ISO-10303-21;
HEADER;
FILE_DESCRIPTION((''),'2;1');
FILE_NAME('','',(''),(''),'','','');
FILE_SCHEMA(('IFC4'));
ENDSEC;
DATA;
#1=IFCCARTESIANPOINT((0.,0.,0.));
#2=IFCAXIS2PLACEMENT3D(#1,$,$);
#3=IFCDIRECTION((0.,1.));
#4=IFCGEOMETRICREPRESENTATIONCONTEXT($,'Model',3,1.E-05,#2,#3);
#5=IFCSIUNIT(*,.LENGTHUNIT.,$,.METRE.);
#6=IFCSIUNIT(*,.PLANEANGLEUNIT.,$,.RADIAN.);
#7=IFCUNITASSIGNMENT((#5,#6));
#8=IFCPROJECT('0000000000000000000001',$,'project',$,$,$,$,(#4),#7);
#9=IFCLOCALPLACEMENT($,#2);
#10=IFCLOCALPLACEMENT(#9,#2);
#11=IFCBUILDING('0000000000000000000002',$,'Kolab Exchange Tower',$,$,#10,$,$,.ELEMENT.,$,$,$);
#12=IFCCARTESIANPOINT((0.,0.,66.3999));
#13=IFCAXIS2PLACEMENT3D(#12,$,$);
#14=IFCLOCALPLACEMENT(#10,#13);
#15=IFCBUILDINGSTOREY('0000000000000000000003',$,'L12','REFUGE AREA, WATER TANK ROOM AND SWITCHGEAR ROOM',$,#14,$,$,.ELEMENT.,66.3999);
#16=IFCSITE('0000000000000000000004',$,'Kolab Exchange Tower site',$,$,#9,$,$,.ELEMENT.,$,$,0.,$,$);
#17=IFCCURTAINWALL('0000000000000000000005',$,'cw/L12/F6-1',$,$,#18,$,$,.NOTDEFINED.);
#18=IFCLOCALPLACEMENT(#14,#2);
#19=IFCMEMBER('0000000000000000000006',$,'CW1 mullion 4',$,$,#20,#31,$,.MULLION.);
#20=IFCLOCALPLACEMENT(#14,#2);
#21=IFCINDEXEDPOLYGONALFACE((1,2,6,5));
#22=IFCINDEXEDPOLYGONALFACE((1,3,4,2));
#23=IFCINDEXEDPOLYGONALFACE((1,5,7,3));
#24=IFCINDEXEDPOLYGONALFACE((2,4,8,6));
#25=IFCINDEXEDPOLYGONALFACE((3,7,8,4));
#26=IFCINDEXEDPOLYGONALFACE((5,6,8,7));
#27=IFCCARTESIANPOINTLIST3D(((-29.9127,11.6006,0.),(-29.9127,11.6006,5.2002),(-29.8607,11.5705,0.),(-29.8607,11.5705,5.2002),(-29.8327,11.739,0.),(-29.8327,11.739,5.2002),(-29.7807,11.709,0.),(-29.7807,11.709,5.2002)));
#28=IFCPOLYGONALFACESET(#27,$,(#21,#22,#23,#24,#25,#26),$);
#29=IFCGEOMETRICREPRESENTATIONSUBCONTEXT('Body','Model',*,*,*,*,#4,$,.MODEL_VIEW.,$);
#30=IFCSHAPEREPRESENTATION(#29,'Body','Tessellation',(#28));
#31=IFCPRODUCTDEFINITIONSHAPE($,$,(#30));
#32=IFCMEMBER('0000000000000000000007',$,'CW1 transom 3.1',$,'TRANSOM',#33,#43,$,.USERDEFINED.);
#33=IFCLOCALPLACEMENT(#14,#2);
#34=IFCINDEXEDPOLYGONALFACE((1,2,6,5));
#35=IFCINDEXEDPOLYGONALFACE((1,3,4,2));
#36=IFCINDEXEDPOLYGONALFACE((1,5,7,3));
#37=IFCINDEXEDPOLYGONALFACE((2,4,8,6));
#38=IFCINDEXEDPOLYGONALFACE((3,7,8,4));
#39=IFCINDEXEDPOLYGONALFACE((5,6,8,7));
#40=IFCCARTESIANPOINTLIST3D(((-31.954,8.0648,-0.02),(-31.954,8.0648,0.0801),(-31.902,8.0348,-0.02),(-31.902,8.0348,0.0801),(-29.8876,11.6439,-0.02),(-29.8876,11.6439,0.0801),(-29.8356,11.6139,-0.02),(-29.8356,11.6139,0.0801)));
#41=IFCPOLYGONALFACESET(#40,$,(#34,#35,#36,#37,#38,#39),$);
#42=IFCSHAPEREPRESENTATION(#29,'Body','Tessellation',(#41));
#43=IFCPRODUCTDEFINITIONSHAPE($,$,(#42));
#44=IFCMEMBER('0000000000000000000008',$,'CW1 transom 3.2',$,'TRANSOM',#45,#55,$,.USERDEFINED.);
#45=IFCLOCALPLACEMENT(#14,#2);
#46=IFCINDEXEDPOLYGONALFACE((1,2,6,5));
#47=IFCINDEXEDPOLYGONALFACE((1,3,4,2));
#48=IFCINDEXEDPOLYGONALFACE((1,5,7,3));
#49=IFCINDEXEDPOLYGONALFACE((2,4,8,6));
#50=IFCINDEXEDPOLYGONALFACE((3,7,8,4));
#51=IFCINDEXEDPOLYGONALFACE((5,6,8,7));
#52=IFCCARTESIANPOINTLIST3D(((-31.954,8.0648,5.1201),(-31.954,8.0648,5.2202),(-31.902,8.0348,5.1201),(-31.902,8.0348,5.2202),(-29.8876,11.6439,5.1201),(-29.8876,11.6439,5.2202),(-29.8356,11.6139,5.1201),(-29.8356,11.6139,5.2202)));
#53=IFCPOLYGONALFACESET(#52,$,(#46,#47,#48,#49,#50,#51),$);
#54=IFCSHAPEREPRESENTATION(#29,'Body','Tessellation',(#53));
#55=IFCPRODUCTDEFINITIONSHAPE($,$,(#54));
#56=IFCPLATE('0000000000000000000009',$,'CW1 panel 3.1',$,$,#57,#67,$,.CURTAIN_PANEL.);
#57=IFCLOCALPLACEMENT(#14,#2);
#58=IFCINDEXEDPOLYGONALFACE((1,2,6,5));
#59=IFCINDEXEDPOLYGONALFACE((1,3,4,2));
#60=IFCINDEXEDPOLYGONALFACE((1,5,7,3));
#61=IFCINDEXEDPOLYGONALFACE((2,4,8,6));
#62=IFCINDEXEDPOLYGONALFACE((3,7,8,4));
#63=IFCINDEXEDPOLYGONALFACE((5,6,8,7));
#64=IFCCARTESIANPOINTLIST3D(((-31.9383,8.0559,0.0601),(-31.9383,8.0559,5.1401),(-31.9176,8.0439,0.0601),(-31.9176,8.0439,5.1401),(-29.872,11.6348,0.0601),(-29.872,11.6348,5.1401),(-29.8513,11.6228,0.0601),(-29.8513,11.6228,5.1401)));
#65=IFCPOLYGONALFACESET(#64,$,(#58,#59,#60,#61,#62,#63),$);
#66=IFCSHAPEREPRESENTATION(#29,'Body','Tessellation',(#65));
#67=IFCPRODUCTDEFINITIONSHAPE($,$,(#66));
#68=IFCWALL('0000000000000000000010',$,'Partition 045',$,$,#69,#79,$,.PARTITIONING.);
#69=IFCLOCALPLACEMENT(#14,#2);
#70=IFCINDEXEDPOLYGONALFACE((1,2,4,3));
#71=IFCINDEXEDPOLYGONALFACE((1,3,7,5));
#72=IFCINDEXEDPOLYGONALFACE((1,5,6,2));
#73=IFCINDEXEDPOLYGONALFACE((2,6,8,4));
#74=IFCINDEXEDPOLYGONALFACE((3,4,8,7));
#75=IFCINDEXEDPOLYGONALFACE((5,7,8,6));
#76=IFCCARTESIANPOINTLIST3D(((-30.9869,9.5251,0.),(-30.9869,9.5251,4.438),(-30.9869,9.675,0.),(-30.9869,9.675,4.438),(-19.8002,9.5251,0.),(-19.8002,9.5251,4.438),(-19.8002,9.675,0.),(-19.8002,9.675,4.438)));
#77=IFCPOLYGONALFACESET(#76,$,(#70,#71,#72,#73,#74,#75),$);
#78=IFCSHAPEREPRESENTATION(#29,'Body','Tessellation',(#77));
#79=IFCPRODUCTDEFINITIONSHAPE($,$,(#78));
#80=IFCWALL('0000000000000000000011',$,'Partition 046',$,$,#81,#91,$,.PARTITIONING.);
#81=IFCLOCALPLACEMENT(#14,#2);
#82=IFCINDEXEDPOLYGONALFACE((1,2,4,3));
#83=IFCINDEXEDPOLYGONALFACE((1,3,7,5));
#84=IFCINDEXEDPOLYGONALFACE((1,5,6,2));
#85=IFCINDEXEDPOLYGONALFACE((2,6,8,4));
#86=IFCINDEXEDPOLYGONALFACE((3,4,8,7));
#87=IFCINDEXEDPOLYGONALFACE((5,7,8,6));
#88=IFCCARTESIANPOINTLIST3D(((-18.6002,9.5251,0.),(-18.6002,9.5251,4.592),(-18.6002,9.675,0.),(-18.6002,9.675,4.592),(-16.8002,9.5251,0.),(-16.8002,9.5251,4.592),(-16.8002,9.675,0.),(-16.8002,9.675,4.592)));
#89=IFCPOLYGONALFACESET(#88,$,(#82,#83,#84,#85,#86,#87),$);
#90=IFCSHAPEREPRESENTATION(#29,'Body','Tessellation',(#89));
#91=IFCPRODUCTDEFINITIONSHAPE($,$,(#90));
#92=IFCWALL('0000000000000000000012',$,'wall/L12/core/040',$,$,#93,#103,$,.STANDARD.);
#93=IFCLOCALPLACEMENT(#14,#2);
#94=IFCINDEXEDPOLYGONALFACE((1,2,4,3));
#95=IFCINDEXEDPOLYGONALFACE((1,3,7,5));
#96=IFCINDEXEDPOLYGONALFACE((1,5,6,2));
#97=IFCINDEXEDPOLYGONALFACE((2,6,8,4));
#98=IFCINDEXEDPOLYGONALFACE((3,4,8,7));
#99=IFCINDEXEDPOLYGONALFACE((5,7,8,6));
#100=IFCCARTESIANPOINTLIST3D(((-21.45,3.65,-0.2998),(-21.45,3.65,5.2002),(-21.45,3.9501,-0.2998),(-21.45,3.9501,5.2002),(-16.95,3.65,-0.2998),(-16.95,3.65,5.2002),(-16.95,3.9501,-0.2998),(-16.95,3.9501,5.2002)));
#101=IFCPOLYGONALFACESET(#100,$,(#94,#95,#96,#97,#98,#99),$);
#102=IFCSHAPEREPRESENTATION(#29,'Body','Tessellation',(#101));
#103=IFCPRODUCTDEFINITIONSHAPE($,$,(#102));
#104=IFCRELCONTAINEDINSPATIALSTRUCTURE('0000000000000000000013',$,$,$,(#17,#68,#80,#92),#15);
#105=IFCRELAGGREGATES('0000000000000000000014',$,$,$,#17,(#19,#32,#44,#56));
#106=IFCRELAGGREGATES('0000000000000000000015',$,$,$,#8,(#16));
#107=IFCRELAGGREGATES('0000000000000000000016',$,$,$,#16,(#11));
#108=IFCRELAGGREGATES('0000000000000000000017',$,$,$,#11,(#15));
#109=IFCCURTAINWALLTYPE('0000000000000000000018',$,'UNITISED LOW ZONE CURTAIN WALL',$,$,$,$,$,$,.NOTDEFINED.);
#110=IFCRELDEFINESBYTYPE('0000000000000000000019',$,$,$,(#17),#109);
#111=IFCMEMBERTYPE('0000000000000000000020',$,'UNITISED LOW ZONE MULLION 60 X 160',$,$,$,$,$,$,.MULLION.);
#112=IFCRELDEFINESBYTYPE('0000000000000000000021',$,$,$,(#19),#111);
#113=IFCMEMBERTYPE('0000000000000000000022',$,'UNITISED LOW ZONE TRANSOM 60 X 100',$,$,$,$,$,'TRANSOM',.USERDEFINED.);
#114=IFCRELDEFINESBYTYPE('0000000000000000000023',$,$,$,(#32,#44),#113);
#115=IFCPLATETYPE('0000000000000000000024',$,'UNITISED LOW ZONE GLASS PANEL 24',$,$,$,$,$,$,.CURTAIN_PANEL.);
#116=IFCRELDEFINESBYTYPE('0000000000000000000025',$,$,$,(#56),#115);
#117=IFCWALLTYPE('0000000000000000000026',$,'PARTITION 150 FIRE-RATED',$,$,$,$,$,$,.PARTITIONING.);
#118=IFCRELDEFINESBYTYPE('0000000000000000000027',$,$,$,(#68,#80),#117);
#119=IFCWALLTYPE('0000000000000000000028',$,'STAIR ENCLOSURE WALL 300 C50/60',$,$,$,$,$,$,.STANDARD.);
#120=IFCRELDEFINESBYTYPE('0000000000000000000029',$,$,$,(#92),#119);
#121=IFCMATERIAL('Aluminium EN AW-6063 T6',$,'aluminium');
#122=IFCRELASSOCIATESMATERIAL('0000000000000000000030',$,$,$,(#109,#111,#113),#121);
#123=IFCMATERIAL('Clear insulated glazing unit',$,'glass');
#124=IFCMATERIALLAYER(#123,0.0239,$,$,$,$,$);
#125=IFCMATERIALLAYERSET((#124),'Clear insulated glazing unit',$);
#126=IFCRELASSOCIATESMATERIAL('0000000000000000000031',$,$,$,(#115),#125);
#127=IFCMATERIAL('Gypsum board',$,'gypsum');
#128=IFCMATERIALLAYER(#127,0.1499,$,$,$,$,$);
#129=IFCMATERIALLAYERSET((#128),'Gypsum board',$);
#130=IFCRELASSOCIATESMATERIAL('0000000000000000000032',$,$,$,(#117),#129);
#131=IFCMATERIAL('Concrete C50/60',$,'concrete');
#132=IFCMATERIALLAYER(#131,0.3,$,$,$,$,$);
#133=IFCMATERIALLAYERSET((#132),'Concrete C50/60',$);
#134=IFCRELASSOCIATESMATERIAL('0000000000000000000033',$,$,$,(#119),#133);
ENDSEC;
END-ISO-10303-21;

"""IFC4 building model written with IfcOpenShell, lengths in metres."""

from ifc_helpers import new_model, si_unit, direction, frame, frame_2d, origin, origin_2d, place, context, subcontext, project, spatial, rectangle, extrude, material, layer, layer_set, material_profile, profile_set, type_object, element, aggregate, save


model = new_model("IFC4")

# Units and contexts
model_context = context("Model", 3, precision=1e-05, world=origin(), true_north=direction((0.0, 1.0)))
body_context = subcontext(model_context, "Body", "Model", "MODEL_VIEW")
ifc_project = project(units=[si_unit("LENGTHUNIT", "METRE"), si_unit("PLANEANGLEUNIT", "RADIAN")], contexts=[model_context])

# Site, building, storey
site_placement = place(None, origin())
site = spatial("IfcSite", under=ifc_project, at=site_placement, Name="Kolab Exchange Tower site", CompositionType="ELEMENT", RefElevation=0.0)
building_placement = place(site_placement, origin())
building = spatial("IfcBuilding", under=site, at=building_placement, Name="Kolab Exchange Tower", CompositionType="ELEMENT")
storey_placement = place(building_placement, frame((0.0, 0.0, 66.3999)))
storey = spatial("IfcBuildingStorey", under=building, at=storey_placement, Name="L12", Description="REFUGE AREA, WATER TANK ROOM AND SWITCHGEAR ROOM", CompositionType="ELEMENT", Elevation=66.3999)

# Curtain wall, members, plate
ifc_material_1 = material(Name="Aluminium EN AW-6063 T6", Category="aluminium")
curtain_wall_type = type_object("IfcCurtainWallType", Name="UNITISED LOW ZONE CURTAIN WALL", PredefinedType="NOTDEFINED", material=ifc_material_1)
curtain_wall_placement = place(storey_placement, origin())
curtain_wall = element("IfcCurtainWall", 1, at=curtain_wall_placement, inside=storey, type_object=curtain_wall_type, Name="cw/L12/F6-1", PredefinedType="NOTDEFINED")
ifc_material_profile_1 = material_profile(ifc_material_1, rectangle(XDim=0.0601, YDim=0.1599, at=origin_2d()), Name="RECT 60X160")
ifc_profile_set_1 = profile_set([ifc_material_profile_1], Name="Aluminium EN AW-6063 T6")
member_type_1 = type_object("IfcMemberType", Name="UNITISED LOW ZONE MULLION 60 X 160", PredefinedType="MULLION", material=ifc_profile_set_1)
member_1_placement = place(storey_placement, frame((-29.8467, 11.6548, 0.0), z_axis=(0.0, 0.0, 1.0), x_axis=(-0.866025, 0.5, 0.0)))
member_1 = element("IfcMember", 2, at=member_1_placement, type_object=member_type_1, Name="CW1 mullion 4", PredefinedType="MULLION", context=body_context, shape_type="SweptSolid", body=[
    extrude(rectangle(XDim=0.0601, YDim=0.1599, at=origin_2d()), origin(), (0.0, 0.0, 1.0), 5.2002),
])
ifc_material_profile_2 = material_profile(ifc_material_1, rectangle(XDim=0.0601, YDim=0.1001, at=origin_2d()), Name="RECT 60X100")
ifc_profile_set_2 = profile_set([ifc_material_profile_2], Name="Aluminium EN AW-6063 T6")
member_type_2 = type_object("IfcMemberType", Name="UNITISED LOW ZONE TRANSOM 60 X 100", ElementType="TRANSOM", PredefinedType="USERDEFINED", material=ifc_profile_set_2)
member_2_placement = place(storey_placement, frame((-31.928, 8.0498, 0.03), z_axis=(0.500002, 0.866024, 0.0), x_axis=(-0.866024, 0.500002, 0.0)))
member_2 = element("IfcMember", 3, at=member_2_placement, type_object=member_type_2, Name="CW1 transom 3.1", ObjectType="TRANSOM", PredefinedType="USERDEFINED", context=body_context, shape_type="SweptSolid", body=[
    extrude(rectangle(XDim=0.0601, YDim=0.1001, at=origin_2d()), origin(), (0.0, 0.0, 1.0), 4.1328),
])
member_3_placement = place(storey_placement, frame((-31.928, 8.0498, 5.1702), z_axis=(0.500002, 0.866024, 0.0), x_axis=(-0.866024, 0.500002, 0.0)))
member_3 = element("IfcMember", 4, at=member_3_placement, type_object=member_type_2, Name="CW1 transom 3.2", ObjectType="TRANSOM", PredefinedType="USERDEFINED", context=body_context, shape_type="SweptSolid", body=[
    extrude(rectangle(XDim=0.0601, YDim=0.1001, at=origin_2d()), origin(), (0.0, 0.0, 1.0), 4.1328),
])
ifc_material_2 = material(Name="Clear insulated glazing unit", Category="glass")
ifc_layer_1 = layer(ifc_material_2, 0.0239)
ifc_layer_set_1 = layer_set([ifc_layer_1], Name="Clear insulated glazing unit")
plate_type = type_object("IfcPlateType", Name="UNITISED LOW ZONE GLASS PANEL 24", PredefinedType="CURTAIN_PANEL", material=ifc_layer_set_1)
plate_placement = place(storey_placement, frame((-30.8948, 9.8394, 0.0601), z_axis=(0.0, 0.0, 1.0), x_axis=(0.5, 0.866025, 0.0)))
plate = element("IfcPlate", 5, at=plate_placement, type_object=plate_type, Name="CW1 panel 3.1", PredefinedType="CURTAIN_PANEL", context=body_context, shape_type="SweptSolid", body=[
    extrude(rectangle(XDim=4.1326, YDim=0.0239, at=origin_2d()), origin(), (0.0, 0.0, 1.0), 5.0801),
])
aggregate(curtain_wall, [member_1, member_2, member_3, plate])

# Walls
ifc_material_3 = material(Name="Gypsum board", Category="gypsum")
ifc_layer_2 = layer(ifc_material_3, 0.1499)
ifc_layer_set_2 = layer_set([ifc_layer_2], Name="Gypsum board")
wall_type_1 = type_object("IfcWallType", Name="PARTITION 150 FIRE-RATED", PredefinedType="PARTITIONING", material=ifc_layer_set_2)
wall_1_placement = place(storey_placement, frame((-30.9868, 9.6001, 0.0), z_axis=(0.0, 0.0, 1.0), x_axis=(1.0, 0.0, 0.0)))
element("IfcWall", 6, at=wall_1_placement, inside=storey, type_object=wall_type_1, Name="Partition 045", PredefinedType="PARTITIONING", context=body_context, shape_type="SweptSolid", body=[
    extrude(rectangle(XDim=11.1868, YDim=0.1499, at=frame_2d((5.5933, 0.0))), origin(), (0.0, 0.0, 1.0), 4.438),
])
wall_2_placement = place(storey_placement, frame((-18.6001, 9.6001, 0.0), z_axis=(0.0, 0.0, 1.0), x_axis=(1.0, 0.0, 0.0)))
element("IfcWall", 7, at=wall_2_placement, inside=storey, type_object=wall_type_1, Name="Partition 046", PredefinedType="PARTITIONING", context=body_context, shape_type="SweptSolid", body=[
    extrude(rectangle(XDim=1.8, YDim=0.1499, at=frame_2d((0.8999, 0.0))), origin(), (0.0, 0.0, 1.0), 4.592),
])
ifc_material_4 = material(Name="Concrete C50/60", Category="concrete")
ifc_layer_3 = layer(ifc_material_4, 0.3)
ifc_layer_set_3 = layer_set([ifc_layer_3], Name="Concrete C50/60")
wall_type_2 = type_object("IfcWallType", Name="STAIR ENCLOSURE WALL 300 C50/60", PredefinedType="STANDARD", material=ifc_layer_set_3)
wall_3_placement = place(storey_placement, frame((-21.45, 3.8, -0.2998), z_axis=(0.0, 0.0, 1.0), x_axis=(1.0, 0.0, 0.0)))
element("IfcWall", 8, at=wall_3_placement, inside=storey, type_object=wall_type_2, Name="wall/L12/core/040", PredefinedType="STANDARD", context=body_context, shape_type="SweptSolid", body=[
    extrude(rectangle(XDim=4.5, YDim=0.3, at=frame_2d((2.25, 0.0))), origin(), (0.0, 0.0, 1.0), 5.5),
])

save(model, "model.ifc")
